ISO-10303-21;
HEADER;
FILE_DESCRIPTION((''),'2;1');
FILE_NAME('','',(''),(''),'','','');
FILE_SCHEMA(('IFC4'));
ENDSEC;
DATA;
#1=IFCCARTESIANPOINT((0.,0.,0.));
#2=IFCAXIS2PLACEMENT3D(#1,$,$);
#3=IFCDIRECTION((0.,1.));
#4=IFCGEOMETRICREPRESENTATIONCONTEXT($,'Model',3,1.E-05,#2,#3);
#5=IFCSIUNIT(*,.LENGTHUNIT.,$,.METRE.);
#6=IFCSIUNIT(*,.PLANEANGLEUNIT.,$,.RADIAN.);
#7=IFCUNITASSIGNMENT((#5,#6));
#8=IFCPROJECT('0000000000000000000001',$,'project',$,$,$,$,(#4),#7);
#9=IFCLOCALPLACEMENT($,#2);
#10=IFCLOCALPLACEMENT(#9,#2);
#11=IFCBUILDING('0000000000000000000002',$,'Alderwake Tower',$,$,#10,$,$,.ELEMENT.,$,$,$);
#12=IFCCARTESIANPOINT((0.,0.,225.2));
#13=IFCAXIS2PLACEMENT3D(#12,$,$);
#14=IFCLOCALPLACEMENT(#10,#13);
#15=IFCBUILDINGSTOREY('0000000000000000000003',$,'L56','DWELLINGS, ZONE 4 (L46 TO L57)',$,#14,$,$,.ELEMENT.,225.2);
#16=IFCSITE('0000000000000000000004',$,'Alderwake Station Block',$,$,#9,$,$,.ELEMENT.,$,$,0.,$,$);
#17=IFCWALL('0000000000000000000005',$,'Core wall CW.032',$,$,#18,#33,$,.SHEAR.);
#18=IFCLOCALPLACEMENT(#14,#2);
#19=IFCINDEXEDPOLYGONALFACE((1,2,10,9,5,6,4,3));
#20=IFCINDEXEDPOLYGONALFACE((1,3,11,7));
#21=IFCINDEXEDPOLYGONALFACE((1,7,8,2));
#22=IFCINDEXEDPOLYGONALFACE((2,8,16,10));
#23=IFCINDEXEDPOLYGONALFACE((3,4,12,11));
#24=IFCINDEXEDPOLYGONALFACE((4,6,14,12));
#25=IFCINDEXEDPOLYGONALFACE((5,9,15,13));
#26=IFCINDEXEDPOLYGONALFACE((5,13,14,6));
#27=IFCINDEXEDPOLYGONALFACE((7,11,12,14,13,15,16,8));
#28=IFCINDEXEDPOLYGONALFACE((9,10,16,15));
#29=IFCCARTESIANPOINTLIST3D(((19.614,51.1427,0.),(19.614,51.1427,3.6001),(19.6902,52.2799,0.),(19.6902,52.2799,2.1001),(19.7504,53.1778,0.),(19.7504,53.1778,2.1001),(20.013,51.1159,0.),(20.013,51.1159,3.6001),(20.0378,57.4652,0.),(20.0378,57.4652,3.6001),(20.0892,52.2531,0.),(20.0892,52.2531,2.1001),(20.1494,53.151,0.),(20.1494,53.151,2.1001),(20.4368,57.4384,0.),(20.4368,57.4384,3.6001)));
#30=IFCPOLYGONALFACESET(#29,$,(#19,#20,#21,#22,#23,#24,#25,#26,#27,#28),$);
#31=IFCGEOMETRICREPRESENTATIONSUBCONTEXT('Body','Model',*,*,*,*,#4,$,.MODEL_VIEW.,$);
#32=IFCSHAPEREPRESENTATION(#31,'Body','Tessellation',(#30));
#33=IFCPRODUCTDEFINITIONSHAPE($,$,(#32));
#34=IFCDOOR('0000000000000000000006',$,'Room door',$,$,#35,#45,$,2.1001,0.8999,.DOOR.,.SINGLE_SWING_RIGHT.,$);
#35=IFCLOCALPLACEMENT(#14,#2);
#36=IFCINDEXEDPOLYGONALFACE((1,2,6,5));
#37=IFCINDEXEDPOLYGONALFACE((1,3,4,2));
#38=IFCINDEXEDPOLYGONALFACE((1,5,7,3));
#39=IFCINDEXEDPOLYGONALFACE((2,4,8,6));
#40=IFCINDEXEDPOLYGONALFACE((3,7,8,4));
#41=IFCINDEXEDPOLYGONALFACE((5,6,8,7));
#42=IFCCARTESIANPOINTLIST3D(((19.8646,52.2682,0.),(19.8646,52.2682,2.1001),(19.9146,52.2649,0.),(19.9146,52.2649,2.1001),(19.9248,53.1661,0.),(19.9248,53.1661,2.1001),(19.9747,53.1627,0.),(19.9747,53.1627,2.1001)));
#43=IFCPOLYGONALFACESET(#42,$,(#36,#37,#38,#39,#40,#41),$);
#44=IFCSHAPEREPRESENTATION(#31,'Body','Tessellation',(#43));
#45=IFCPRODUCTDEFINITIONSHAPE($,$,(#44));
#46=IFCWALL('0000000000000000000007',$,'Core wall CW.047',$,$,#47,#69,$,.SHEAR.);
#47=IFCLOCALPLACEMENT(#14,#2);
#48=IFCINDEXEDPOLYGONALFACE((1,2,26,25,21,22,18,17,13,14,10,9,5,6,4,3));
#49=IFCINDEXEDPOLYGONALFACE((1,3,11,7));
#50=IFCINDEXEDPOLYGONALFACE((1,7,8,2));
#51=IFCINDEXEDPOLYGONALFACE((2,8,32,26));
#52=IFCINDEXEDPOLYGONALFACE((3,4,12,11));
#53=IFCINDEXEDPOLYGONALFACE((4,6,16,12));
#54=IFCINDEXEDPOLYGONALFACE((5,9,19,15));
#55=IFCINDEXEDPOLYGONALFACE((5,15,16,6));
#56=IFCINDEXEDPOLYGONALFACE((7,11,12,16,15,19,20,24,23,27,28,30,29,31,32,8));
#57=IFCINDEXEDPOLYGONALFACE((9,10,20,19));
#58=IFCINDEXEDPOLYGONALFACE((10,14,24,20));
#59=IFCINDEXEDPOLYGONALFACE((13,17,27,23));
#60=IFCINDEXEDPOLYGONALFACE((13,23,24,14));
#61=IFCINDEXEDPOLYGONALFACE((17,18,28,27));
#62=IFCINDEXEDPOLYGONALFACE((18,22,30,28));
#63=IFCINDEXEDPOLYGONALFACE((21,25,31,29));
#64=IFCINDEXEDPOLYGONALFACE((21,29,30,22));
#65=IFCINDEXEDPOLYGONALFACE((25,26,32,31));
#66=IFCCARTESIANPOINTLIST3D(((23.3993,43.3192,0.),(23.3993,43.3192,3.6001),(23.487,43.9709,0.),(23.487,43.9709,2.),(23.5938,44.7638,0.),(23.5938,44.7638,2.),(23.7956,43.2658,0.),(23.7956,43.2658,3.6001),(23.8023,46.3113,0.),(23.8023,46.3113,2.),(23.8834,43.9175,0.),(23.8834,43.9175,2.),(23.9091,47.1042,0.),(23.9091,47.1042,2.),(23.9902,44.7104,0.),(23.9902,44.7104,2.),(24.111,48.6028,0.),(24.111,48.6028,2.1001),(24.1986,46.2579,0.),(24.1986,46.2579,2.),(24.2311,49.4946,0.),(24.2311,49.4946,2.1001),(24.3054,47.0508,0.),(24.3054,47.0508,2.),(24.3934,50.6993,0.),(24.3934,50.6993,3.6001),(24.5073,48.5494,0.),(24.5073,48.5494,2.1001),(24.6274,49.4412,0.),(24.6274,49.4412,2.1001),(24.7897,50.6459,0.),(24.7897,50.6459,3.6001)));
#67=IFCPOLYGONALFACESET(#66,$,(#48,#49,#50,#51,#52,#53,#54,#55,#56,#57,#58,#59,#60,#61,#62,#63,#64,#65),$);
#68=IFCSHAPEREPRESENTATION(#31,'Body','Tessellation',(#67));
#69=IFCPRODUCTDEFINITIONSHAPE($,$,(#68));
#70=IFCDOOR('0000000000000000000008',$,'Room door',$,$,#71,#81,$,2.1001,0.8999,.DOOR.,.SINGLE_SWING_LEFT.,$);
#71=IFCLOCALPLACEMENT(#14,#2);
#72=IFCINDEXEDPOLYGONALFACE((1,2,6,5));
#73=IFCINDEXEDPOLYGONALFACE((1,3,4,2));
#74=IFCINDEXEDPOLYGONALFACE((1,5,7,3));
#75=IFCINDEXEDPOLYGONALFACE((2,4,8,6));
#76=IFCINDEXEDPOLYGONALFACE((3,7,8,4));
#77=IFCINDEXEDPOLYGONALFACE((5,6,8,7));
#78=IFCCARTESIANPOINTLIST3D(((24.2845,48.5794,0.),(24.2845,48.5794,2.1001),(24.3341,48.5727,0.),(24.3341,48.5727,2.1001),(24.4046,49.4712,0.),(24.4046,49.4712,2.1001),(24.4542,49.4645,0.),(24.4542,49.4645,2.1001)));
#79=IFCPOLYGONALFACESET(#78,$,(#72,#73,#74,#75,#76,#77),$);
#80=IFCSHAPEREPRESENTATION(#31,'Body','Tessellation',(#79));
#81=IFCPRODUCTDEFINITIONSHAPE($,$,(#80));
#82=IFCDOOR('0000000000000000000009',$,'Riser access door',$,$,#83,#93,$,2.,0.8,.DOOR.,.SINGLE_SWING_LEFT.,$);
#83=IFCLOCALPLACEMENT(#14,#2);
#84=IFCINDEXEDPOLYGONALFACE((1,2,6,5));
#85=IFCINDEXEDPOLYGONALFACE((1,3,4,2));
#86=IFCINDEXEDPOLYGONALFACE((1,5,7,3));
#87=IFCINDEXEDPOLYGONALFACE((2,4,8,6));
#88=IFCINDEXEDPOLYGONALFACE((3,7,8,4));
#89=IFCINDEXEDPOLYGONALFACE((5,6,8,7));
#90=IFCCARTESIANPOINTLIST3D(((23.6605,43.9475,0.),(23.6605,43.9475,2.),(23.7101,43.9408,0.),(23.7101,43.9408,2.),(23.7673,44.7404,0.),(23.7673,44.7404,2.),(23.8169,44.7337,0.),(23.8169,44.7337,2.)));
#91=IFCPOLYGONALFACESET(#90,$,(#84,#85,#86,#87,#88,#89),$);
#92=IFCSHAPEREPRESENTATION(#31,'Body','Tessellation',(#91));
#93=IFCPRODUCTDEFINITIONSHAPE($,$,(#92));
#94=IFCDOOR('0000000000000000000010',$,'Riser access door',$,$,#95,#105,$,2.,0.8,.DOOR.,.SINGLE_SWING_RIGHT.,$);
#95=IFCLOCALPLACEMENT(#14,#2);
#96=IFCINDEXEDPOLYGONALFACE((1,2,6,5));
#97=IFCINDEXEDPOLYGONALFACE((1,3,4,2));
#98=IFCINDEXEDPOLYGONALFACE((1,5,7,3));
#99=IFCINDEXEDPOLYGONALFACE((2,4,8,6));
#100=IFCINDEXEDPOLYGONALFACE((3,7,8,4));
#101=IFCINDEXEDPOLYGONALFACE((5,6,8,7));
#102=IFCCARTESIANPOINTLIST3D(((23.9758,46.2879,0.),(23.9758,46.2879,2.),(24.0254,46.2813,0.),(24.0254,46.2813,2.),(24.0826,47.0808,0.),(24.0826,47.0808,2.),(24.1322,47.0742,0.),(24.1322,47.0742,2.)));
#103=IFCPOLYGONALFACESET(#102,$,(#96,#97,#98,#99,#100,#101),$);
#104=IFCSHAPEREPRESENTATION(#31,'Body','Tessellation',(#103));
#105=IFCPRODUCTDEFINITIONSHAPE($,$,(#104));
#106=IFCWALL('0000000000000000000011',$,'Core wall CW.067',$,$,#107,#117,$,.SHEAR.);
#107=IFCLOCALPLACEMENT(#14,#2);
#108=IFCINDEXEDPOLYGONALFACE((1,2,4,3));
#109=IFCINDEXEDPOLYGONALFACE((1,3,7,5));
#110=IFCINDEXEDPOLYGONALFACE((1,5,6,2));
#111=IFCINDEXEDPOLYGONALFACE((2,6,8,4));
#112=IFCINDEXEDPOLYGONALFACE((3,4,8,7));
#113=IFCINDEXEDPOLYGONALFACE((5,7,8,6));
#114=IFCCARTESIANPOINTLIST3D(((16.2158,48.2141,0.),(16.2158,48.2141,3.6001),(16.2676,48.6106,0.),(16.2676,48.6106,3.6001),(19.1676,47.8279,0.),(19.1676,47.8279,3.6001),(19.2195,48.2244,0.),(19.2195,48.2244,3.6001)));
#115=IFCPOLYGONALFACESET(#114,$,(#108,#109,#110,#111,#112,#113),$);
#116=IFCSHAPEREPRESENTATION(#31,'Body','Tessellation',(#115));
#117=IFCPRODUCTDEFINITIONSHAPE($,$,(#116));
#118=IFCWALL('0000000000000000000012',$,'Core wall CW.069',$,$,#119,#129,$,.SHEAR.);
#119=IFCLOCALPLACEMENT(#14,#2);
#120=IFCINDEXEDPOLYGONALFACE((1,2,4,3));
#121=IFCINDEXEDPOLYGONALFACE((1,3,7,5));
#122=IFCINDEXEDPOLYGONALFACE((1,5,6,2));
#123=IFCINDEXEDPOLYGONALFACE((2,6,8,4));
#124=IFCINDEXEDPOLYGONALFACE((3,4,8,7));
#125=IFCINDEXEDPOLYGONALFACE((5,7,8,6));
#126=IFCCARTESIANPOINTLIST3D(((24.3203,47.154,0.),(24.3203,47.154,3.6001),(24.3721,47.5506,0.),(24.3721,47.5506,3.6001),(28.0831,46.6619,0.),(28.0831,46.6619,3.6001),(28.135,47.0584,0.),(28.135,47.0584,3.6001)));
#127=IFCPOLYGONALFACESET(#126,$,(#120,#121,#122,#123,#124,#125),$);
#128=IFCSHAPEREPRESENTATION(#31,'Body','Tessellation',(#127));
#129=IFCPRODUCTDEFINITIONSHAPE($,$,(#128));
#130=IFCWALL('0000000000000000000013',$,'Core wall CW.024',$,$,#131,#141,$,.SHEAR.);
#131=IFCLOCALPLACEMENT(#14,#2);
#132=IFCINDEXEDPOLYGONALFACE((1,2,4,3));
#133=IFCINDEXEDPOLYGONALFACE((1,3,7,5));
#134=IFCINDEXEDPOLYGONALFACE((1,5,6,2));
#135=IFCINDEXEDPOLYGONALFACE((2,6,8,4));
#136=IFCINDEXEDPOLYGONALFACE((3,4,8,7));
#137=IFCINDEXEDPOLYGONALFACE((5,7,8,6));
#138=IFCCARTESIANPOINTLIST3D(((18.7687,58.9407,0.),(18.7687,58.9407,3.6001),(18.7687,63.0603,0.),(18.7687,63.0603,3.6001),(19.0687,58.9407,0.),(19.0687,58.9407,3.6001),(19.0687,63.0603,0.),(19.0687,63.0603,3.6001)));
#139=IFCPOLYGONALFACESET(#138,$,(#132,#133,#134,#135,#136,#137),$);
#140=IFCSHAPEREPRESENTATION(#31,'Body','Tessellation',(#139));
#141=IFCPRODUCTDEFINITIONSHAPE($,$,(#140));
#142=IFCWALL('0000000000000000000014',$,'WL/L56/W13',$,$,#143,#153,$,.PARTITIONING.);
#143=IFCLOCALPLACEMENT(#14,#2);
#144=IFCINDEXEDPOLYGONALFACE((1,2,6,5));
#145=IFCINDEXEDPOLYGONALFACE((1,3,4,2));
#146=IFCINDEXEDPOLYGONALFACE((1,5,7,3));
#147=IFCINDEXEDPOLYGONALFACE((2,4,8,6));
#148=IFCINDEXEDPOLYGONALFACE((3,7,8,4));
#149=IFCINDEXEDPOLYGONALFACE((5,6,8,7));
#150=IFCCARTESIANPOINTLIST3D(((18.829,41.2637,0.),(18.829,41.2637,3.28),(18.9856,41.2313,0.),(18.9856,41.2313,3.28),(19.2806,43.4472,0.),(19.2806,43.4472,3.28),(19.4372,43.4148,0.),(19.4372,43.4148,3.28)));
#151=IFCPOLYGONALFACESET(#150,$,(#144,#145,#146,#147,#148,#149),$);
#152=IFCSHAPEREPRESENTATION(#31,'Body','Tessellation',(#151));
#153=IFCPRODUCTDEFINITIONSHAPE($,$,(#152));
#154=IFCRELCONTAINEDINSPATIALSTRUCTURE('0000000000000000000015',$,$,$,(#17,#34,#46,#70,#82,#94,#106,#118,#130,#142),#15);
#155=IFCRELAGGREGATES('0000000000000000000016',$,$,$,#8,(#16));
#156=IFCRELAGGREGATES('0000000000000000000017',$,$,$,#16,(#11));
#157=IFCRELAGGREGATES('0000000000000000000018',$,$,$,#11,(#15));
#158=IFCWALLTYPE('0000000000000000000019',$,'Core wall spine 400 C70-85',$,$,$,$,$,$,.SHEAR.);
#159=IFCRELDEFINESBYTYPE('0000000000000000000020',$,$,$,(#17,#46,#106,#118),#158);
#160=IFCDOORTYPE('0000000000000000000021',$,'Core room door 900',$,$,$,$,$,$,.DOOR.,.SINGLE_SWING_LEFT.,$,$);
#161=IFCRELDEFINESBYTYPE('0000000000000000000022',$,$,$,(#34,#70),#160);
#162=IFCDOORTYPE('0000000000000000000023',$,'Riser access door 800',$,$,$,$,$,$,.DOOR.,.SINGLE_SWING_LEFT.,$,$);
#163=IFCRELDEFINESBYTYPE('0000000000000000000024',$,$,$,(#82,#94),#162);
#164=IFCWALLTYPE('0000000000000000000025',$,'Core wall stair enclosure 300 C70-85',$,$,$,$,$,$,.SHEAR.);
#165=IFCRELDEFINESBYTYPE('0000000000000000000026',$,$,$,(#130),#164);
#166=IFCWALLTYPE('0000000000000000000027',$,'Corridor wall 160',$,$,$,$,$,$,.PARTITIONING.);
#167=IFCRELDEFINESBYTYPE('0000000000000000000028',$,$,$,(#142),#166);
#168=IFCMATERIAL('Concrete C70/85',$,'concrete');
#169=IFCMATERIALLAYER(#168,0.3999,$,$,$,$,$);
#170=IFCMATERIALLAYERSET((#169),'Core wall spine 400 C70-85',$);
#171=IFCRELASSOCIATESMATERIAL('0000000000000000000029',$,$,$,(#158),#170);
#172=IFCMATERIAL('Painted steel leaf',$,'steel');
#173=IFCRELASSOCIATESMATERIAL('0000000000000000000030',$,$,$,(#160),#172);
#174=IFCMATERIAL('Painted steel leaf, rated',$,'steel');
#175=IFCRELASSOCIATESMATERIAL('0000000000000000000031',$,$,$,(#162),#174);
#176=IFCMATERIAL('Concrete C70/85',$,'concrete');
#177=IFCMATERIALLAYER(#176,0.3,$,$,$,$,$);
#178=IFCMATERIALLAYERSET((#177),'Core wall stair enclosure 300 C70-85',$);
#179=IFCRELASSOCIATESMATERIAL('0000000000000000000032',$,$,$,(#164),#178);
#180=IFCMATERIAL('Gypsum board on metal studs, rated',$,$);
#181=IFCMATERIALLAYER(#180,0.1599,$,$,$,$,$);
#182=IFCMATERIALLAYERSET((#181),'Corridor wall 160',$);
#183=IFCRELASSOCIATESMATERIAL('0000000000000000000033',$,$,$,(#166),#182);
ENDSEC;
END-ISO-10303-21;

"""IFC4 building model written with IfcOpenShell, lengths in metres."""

from ifc_helpers import new_model, si_unit, direction, frame, frame_2d, origin, place, context, subcontext, project, spatial, rectangle, extrude, material, layer, layer_set, type_object, element, fill, save


model = new_model("IFC4")

# Units and contexts
model_context = context("Model", 3, precision=1e-05, world=origin(), true_north=direction((0.0, 1.0)))
body_context = subcontext(model_context, "Body", "Model", "MODEL_VIEW")
ifc_project = project(units=[si_unit("LENGTHUNIT", "METRE"), si_unit("PLANEANGLEUNIT", "RADIAN")], contexts=[model_context])

# Site, building, storey
site_placement = place(None, origin())
site = spatial("IfcSite", under=ifc_project, at=site_placement, Name="Alderwake Station Block", CompositionType="ELEMENT", RefElevation=0.0)
building_placement = place(site_placement, origin())
building = spatial("IfcBuilding", under=site, at=building_placement, Name="Alderwake Tower", CompositionType="ELEMENT")
storey_placement = place(building_placement, frame((0.0, 0.0, 225.2)))
storey = spatial("IfcBuildingStorey", under=building, at=storey_placement, Name="L56", Description="DWELLINGS, ZONE 4 (L46 TO L57)", CompositionType="ELEMENT", Elevation=225.2)

# Shared definitions
ifc_material_1 = material(Name="Concrete C70/85", Category="concrete")
ifc_layer_1 = layer(ifc_material_1, 0.3999)
ifc_layer_set_1 = layer_set([ifc_layer_1], Name="Core wall spine 400 C70-85")
wall_type_1 = type_object("IfcWallType", Name="Core wall spine 400 C70-85", PredefinedType="SHEAR", material=ifc_layer_set_1)
ifc_material_2 = material(Name="Painted steel leaf", Category="steel")
door_type_1 = type_object("IfcDoorType", Name="Core room door 900", OperationType="SINGLE_SWING_LEFT", PredefinedType="DOOR", material=ifc_material_2)
ifc_material_3 = material(Name="Painted steel leaf, rated", Category="steel")
door_type_2 = type_object("IfcDoorType", Name="Riser access door 800", OperationType="SINGLE_SWING_LEFT", PredefinedType="DOOR", material=ifc_material_3)

# Wall, opening, door
wall_1_placement = place(storey_placement, frame((20.2373, 57.4519, 0.0), z_axis=(0.0, 0.0, 1.0), x_axis=(-0.066885, -0.997761, 0.0)))
wall_1 = element("IfcWall", 1, at=wall_1_placement, inside=storey, type_object=wall_type_1, Name="Core wall CW.032", PredefinedType="SHEAR", context=body_context, shape_type="SweptSolid", body=[
    extrude(rectangle(XDim=6.3367, YDim=0.3999, at=frame_2d((3.1685, 0.0))), origin(), (0.0, 0.0, 1.0), 3.6001),
])
opening_1_placement = place(wall_1_placement, frame((4.2971, 0.0, 0.0)))
opening_1 = element("IfcOpeningElement", 2, at=opening_1_placement, cuts=wall_1, PredefinedType="OPENING", context=body_context, shape_type="SweptSolid", body=[
    extrude(rectangle(XDim=0.8999, YDim=2.1001, at=frame_2d((0.45, 1.05))), frame((0.0, 0.21, 0.0), z_axis=(0.0, -1.0, 0.0), x_axis=(1.0, 0.0, 0.0)), (0.0, 0.0, 1.0), 0.4199),
])
door_1_placement = place(opening_1_placement, origin())
door_1 = element("IfcDoor", 3, at=door_1_placement, inside=storey, type_object=door_type_1, Name="Room door", OperationType="SINGLE_SWING_RIGHT", OverallHeight=2.1001, OverallWidth=0.8999, PredefinedType="DOOR", context=body_context, shape_type="SweptSolid", body=[
    extrude(rectangle(XDim=0.8999, YDim=2.1001, at=frame_2d((0.45, 1.05))), frame((0.0, 0.0249, 0.0), z_axis=(0.0, -1.0, 0.0), x_axis=(1.0, 0.0, 0.0)), (0.0, 0.0, 1.0), 0.05),
])
fill(opening_1, door_1)

# Wall, openings, doors
wall_2_placement = place(storey_placement, frame((23.5974, 43.2925, 0.0), z_axis=(0.0, 0.0, 1.0), x_axis=(0.133499, 0.991049, 0.0)))
wall_2 = element("IfcWall", 4, at=wall_2_placement, inside=storey, type_object=wall_type_1, Name="Core wall CW.047", PredefinedType="SHEAR", context=body_context, shape_type="SweptSolid", body=[
    extrude(rectangle(XDim=7.4468, YDim=0.3999, at=frame_2d((3.7234, 0.0))), origin(), (0.0, 0.0, 1.0), 3.6001),
])
opening_2_placement = place(wall_2_placement, frame((0.6577, 0.0, 0.0)))
opening_2 = element("IfcOpeningElement", 5, at=opening_2_placement, cuts=wall_2, PredefinedType="OPENING", context=body_context, shape_type="SweptSolid", body=[
    extrude(rectangle(XDim=0.8, YDim=2.0, at=frame_2d((0.3999, 1.0))), frame((0.0, 0.21, 0.0), z_axis=(0.0, -1.0, 0.0), x_axis=(1.0, 0.0, 0.0)), (0.0, 0.0, 1.0), 0.4199),
])
opening_3_placement = place(wall_2_placement, frame((3.0193, 0.0, 0.0)))
opening_3 = element("IfcOpeningElement", 6, at=opening_3_placement, cuts=wall_2, PredefinedType="OPENING", context=body_context, shape_type="SweptSolid", body=[
    extrude(rectangle(XDim=0.8, YDim=2.0, at=frame_2d((0.3999, 1.0))), frame((0.0, 0.21, 0.0), z_axis=(0.0, -1.0, 0.0), x_axis=(1.0, 0.0, 0.0)), (0.0, 0.0, 1.0), 0.4199),
])
opening_4_placement = place(wall_2_placement, frame((5.3313, 0.0, 0.0)))
opening_4 = element("IfcOpeningElement", 7, at=opening_4_placement, cuts=wall_2, PredefinedType="OPENING", context=body_context, shape_type="SweptSolid", body=[
    extrude(rectangle(XDim=0.8999, YDim=2.1001, at=frame_2d((0.45, 1.05))), frame((0.0, 0.21, 0.0), z_axis=(0.0, -1.0, 0.0), x_axis=(1.0, 0.0, 0.0)), (0.0, 0.0, 1.0), 0.4199),
])
door_2_placement = place(opening_4_placement, origin())
door_2 = element("IfcDoor", 8, at=door_2_placement, inside=storey, type_object=door_type_1, Name="Room door", OperationType="SINGLE_SWING_LEFT", OverallHeight=2.1001, OverallWidth=0.8999, PredefinedType="DOOR", context=body_context, shape_type="SweptSolid", body=[
    extrude(rectangle(XDim=0.8999, YDim=2.1001, at=frame_2d((0.45, 1.05))), frame((0.0, 0.0249, 0.0), z_axis=(0.0, -1.0, 0.0), x_axis=(1.0, 0.0, 0.0)), (0.0, 0.0, 1.0), 0.05),
])
fill(opening_4, door_2)
door_3_placement = place(opening_2_placement, origin())
door_3 = element("IfcDoor", 9, at=door_3_placement, inside=storey, type_object=door_type_2, Name="Riser access door", OperationType="SINGLE_SWING_LEFT", OverallHeight=2.0, OverallWidth=0.8, PredefinedType="DOOR", context=body_context, shape_type="SweptSolid", body=[
    extrude(rectangle(XDim=0.8, YDim=2.0, at=frame_2d((0.3999, 1.0))), frame((0.0, 0.0249, 0.0), z_axis=(0.0, -1.0, 0.0), x_axis=(1.0, 0.0, 0.0)), (0.0, 0.0, 1.0), 0.05),
])
fill(opening_2, door_3)
door_4_placement = place(opening_3_placement, origin())
door_4 = element("IfcDoor", 10, at=door_4_placement, inside=storey, type_object=door_type_2, Name="Riser access door", OperationType="SINGLE_SWING_RIGHT", OverallHeight=2.0, OverallWidth=0.8, PredefinedType="DOOR", context=body_context, shape_type="SweptSolid", body=[
    extrude(rectangle(XDim=0.8, YDim=2.0, at=frame_2d((0.3999, 1.0))), frame((0.0, 0.0249, 0.0), z_axis=(0.0, -1.0, 0.0), x_axis=(1.0, 0.0, 0.0)), (0.0, 0.0, 1.0), 0.05),
])
fill(opening_3, door_4)

# Walls
wall_3_placement = place(storey_placement, frame((16.2417, 48.4124, 0.0), z_axis=(0.0, 0.0, 1.0), x_axis=(0.991549, -0.129735, 0.0)))
element("IfcWall", 11, at=wall_3_placement, inside=storey, type_object=wall_type_1, Name="Core wall CW.067", PredefinedType="SHEAR", context=body_context, shape_type="SweptSolid", body=[
    extrude(rectangle(XDim=2.9771, YDim=0.3999, at=frame_2d((1.4885, 0.0))), origin(), (0.0, 0.0, 1.0), 3.6001),
])
wall_4_placement = place(storey_placement, frame((24.3462, 47.3523, 0.0), z_axis=(0.0, 0.0, 1.0), x_axis=(0.991554, -0.129694, 0.0)))
element("IfcWall", 12, at=wall_4_placement, inside=storey, type_object=wall_type_1, Name="Core wall CW.069", PredefinedType="SHEAR", context=body_context, shape_type="SweptSolid", body=[
    extrude(rectangle(XDim=3.7949, YDim=0.3999, at=frame_2d((1.8975, 0.0))), origin(), (0.0, 0.0, 1.0), 3.6001),
])
ifc_material_4 = material(Name="Concrete C70/85", Category="concrete")
ifc_layer_2 = layer(ifc_material_4, 0.3)
ifc_layer_set_2 = layer_set([ifc_layer_2], Name="Core wall stair enclosure 300 C70-85")
wall_type_2 = type_object("IfcWallType", Name="Core wall stair enclosure 300 C70-85", PredefinedType="SHEAR", material=ifc_layer_set_2)
wall_5_placement = place(storey_placement, frame((18.9187, 58.9407, 0.0), z_axis=(0.0, 0.0, 1.0), x_axis=(0.0, 1.0, 0.0)))
element("IfcWall", 13, at=wall_5_placement, inside=storey, type_object=wall_type_2, Name="Core wall CW.024", PredefinedType="SHEAR", context=body_context, shape_type="SweptSolid", body=[
    extrude(rectangle(XDim=4.1196, YDim=0.3, at=frame_2d((2.0598, 0.0))), origin(), (0.0, 0.0, 1.0), 3.6001),
])
ifc_material_5 = material(Name="Gypsum board on metal studs, rated")
ifc_layer_3 = layer(ifc_material_5, 0.1599)
ifc_layer_set_3 = layer_set([ifc_layer_3], Name="Corridor wall 160")
wall_type_3 = type_object("IfcWallType", Name="Corridor wall 160", PredefinedType="PARTITIONING", material=ifc_layer_set_3)
wall_6_placement = place(storey_placement, frame((19.3589, 43.4309, 0.0), z_axis=(0.0, 0.0, 1.0), x_axis=(-0.202555, -0.979271, 0.0)))
element("IfcWall", 14, at=wall_6_placement, inside=storey, type_object=wall_type_3, Name="WL/L56/W13", PredefinedType="PARTITIONING", context=body_context, shape_type="SweptSolid", body=[
    extrude(rectangle(XDim=2.2297, YDim=0.1599, at=frame_2d((1.1147, 0.0))), origin(), (0.0, 0.0, 1.0), 3.28),
])

save(model, "model.ifc")
